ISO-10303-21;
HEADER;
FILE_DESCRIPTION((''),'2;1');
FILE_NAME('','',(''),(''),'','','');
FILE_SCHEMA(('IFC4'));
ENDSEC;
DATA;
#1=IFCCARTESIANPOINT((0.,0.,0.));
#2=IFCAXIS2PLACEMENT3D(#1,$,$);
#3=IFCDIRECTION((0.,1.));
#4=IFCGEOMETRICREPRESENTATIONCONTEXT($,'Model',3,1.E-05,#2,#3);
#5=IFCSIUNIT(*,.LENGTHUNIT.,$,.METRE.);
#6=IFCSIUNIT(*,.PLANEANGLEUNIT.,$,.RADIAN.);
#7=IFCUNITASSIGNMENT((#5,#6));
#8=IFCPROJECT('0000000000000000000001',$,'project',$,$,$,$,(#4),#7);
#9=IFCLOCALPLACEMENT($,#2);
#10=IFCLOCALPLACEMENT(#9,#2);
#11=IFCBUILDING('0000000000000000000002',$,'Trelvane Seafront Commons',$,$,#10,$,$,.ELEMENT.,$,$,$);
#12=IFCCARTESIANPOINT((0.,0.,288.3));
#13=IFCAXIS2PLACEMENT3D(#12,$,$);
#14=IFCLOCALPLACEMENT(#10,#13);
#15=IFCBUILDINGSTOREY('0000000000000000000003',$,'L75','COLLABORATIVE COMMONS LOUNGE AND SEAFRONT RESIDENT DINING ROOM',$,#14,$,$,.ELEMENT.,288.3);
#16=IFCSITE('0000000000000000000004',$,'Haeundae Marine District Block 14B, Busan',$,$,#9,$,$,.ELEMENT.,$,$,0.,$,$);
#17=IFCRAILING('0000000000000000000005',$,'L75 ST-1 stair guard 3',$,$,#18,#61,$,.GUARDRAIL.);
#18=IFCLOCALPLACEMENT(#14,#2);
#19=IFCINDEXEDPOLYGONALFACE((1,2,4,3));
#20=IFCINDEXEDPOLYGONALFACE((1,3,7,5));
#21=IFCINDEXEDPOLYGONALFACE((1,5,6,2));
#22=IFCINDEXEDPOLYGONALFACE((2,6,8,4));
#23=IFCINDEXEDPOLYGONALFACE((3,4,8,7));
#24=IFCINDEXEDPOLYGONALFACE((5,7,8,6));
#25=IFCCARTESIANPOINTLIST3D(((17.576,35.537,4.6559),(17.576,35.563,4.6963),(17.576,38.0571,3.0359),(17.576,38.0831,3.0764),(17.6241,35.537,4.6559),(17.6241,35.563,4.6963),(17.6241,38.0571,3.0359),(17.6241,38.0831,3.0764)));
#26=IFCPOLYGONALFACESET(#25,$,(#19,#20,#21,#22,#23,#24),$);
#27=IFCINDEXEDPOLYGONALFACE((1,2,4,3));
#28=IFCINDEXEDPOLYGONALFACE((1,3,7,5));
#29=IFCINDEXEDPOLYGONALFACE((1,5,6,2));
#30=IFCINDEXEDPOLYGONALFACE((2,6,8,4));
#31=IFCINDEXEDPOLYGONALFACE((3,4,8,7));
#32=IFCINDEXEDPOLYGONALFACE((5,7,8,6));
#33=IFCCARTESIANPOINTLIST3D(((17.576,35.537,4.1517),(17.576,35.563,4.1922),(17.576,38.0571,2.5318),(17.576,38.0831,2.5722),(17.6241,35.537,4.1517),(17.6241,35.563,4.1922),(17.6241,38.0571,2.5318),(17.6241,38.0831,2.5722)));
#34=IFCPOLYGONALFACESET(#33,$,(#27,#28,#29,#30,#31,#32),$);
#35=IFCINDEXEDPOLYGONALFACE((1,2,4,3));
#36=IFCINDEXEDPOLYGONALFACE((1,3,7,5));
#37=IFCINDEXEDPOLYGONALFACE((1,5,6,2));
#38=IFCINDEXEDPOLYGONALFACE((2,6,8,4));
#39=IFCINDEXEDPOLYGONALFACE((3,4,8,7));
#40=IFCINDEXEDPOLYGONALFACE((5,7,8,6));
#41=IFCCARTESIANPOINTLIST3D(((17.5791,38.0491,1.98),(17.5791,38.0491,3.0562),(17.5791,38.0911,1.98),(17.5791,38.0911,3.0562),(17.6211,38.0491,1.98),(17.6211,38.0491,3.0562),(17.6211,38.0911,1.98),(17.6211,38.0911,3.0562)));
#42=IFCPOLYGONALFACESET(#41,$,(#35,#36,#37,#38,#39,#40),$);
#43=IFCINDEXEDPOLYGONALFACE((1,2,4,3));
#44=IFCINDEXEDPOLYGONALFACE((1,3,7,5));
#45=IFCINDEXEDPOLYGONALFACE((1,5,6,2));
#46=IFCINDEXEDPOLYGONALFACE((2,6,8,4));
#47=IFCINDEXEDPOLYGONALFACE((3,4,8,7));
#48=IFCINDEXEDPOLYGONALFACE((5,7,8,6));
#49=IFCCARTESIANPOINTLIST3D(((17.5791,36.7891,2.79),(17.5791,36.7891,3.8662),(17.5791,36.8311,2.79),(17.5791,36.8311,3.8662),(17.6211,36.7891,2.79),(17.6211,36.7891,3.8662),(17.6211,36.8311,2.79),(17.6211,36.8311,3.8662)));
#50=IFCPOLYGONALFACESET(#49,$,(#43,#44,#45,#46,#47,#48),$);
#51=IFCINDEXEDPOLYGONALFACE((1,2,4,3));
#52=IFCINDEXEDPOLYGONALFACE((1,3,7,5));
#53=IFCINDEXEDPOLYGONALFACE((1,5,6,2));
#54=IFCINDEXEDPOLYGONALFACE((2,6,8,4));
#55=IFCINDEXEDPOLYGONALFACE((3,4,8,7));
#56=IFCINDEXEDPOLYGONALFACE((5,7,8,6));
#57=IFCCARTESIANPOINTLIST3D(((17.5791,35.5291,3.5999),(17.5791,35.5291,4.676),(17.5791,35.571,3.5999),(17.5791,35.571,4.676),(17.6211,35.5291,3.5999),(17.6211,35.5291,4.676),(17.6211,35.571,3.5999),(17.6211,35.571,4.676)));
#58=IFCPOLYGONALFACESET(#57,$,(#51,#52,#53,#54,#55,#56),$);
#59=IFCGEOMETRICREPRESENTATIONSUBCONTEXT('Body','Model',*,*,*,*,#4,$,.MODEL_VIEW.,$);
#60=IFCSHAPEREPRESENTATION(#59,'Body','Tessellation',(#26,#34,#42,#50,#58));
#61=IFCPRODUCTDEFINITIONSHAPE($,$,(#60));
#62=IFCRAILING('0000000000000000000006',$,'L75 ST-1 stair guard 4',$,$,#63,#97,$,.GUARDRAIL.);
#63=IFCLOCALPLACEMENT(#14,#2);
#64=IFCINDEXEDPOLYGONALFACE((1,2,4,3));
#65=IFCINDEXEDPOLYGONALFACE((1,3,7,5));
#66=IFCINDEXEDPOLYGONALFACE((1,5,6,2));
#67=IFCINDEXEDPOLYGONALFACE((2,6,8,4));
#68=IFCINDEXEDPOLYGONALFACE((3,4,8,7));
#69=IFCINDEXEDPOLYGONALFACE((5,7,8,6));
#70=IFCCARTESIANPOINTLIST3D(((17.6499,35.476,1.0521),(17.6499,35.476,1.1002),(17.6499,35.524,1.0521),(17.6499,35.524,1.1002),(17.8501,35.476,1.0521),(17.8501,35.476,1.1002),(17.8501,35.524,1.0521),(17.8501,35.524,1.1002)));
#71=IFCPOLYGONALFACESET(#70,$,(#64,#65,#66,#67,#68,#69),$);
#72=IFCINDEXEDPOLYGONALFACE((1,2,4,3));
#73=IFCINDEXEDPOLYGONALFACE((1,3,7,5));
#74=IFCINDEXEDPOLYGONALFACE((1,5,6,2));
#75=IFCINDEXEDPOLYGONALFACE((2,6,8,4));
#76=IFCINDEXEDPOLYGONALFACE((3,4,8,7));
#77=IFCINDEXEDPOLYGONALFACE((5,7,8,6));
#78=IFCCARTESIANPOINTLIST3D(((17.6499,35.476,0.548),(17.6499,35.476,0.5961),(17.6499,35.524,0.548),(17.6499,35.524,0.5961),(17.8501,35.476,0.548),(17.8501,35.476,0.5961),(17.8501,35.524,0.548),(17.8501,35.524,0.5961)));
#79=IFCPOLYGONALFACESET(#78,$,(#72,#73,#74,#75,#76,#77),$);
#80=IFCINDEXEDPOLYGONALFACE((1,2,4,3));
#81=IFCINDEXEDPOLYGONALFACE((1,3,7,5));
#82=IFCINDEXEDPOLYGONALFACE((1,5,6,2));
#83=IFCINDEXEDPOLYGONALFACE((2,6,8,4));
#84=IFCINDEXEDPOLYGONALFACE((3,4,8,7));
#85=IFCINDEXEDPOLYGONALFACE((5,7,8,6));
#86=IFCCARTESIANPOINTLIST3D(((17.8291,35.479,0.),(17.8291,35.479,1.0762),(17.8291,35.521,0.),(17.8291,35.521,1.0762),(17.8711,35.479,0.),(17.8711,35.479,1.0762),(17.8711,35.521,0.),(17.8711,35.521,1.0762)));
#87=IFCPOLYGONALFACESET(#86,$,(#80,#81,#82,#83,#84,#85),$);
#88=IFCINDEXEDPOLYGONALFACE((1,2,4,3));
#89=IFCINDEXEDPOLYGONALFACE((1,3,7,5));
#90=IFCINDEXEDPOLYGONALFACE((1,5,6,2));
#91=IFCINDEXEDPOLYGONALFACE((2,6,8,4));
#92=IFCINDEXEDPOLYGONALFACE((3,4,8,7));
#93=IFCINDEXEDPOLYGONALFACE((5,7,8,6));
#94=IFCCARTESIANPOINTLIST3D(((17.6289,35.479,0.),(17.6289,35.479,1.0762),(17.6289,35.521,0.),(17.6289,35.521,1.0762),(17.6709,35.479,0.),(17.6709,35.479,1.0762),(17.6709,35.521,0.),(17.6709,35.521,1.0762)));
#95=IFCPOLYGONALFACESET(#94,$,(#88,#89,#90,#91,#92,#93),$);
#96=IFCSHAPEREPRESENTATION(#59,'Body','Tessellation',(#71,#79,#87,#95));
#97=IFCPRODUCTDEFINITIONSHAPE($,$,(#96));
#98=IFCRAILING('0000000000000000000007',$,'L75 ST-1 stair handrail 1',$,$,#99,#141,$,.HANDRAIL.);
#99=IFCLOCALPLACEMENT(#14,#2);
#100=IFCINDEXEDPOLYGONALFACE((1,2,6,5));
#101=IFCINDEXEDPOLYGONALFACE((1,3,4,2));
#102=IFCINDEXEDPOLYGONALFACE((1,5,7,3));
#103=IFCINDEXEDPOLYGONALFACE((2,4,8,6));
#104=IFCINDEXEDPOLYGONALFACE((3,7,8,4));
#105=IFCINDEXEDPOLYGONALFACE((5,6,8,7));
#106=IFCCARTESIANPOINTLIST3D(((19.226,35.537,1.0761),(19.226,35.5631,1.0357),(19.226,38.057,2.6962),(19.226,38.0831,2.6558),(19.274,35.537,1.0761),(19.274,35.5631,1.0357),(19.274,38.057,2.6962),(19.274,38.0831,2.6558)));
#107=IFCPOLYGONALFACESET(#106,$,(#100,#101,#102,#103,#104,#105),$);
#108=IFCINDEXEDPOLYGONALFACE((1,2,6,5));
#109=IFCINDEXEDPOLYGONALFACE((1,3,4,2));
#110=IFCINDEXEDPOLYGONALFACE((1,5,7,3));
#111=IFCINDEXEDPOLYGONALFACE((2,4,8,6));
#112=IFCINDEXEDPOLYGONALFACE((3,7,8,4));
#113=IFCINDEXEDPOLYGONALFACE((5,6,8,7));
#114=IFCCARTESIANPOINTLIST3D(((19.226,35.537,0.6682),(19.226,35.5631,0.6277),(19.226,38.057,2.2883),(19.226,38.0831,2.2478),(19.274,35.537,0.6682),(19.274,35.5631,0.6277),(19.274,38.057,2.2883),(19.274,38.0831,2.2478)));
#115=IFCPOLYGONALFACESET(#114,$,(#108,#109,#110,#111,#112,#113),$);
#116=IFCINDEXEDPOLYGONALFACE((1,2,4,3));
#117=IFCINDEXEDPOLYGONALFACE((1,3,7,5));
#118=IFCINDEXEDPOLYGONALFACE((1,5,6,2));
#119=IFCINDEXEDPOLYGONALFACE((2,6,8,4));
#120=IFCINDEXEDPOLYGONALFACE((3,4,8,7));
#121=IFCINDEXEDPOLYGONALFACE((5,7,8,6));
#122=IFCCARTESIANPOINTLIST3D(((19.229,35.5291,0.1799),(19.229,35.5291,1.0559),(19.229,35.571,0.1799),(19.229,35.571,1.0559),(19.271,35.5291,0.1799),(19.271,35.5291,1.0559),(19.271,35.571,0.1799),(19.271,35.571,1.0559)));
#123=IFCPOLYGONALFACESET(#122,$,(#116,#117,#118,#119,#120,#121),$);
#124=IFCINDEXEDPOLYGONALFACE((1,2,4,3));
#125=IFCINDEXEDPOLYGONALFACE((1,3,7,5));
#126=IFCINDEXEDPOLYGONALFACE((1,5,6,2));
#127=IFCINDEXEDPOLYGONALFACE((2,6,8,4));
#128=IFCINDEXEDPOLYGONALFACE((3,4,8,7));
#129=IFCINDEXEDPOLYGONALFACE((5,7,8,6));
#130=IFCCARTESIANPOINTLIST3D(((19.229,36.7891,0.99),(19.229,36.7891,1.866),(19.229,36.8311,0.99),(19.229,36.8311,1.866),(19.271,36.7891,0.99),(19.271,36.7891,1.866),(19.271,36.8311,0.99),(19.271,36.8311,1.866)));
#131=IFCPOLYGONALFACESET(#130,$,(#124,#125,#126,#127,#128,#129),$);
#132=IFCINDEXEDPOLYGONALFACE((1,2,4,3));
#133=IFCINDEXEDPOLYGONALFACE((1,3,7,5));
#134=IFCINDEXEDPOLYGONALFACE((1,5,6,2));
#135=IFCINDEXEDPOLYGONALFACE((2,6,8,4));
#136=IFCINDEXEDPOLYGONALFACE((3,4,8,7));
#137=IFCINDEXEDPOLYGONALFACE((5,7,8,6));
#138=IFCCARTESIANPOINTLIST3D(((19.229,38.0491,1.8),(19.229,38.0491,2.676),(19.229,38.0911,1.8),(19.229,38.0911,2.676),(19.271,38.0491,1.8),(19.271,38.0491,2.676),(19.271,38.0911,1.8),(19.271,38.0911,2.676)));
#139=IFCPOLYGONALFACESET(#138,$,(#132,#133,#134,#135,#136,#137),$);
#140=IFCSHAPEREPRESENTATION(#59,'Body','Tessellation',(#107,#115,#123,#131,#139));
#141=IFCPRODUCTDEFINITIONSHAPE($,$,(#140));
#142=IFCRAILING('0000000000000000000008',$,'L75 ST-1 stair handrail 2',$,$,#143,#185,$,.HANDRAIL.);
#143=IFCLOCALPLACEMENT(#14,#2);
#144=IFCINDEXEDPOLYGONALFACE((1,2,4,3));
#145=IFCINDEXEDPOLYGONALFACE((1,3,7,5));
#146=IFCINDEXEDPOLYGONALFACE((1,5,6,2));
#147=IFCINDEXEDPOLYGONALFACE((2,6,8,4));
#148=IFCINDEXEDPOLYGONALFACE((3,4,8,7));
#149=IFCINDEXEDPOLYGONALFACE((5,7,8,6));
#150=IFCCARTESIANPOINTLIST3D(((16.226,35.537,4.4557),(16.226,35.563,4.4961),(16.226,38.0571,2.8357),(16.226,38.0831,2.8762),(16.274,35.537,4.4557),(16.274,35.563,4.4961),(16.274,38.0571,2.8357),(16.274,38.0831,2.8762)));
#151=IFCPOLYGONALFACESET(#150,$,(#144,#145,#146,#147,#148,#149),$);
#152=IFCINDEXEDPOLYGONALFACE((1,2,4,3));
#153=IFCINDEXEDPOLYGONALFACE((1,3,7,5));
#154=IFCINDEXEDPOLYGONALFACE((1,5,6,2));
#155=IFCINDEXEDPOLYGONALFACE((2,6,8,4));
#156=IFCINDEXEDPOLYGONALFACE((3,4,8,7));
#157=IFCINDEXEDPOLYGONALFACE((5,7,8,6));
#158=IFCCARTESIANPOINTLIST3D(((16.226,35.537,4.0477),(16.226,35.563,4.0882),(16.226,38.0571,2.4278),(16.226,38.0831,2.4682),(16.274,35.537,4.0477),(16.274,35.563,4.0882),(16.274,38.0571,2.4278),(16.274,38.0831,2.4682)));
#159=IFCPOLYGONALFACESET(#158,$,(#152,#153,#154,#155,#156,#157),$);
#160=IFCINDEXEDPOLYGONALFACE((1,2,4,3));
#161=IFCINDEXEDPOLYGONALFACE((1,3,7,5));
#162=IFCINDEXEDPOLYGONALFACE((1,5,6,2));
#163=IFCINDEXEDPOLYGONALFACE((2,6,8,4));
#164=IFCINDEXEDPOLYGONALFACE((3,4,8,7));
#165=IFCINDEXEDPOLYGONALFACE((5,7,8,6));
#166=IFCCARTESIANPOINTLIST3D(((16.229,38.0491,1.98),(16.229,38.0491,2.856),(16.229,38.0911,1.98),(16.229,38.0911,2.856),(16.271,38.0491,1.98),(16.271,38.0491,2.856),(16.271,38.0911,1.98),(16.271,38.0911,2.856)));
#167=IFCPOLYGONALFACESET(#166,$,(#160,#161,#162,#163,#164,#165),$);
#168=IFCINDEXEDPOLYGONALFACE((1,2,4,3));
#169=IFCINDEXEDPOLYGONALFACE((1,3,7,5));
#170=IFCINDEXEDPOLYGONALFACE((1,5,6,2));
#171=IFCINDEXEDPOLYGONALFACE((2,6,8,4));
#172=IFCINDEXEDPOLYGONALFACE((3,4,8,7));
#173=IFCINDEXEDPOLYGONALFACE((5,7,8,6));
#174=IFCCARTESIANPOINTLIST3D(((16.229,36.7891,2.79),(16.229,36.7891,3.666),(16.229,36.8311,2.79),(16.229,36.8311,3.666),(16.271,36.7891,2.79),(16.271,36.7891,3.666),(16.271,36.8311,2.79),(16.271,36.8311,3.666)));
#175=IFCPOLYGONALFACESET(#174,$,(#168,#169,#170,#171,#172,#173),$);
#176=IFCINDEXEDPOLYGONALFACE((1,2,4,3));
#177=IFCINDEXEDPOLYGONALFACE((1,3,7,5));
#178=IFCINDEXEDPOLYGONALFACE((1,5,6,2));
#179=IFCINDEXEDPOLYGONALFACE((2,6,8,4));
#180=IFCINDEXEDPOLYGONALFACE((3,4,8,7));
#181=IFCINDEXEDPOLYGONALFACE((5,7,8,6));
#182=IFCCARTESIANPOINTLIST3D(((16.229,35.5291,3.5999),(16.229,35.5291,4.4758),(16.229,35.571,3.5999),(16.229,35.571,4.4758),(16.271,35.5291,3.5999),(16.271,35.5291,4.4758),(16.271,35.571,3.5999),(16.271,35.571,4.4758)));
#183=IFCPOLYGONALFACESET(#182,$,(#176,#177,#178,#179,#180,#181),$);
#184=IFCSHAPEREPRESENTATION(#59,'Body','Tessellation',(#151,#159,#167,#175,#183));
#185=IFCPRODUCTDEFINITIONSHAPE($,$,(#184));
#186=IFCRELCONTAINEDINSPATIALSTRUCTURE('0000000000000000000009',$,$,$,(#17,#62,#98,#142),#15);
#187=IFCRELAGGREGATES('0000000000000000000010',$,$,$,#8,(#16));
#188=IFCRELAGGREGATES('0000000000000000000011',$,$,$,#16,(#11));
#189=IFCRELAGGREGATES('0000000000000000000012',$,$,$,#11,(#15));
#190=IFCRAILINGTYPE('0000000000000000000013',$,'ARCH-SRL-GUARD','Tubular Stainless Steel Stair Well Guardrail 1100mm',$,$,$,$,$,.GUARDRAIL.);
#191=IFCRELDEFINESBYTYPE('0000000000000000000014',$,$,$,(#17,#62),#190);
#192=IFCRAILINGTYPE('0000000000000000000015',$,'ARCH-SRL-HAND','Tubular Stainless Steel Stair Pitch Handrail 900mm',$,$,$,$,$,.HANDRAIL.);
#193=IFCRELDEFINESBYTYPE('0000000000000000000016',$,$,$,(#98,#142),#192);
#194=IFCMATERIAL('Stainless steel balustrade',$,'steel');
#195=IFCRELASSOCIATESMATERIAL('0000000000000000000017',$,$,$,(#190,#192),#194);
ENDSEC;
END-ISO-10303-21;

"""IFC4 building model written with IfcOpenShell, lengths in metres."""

from ifc_helpers import new_model, si_unit, direction, frame, origin, origin_2d, place, context, subcontext, project, spatial, rectangle, extrude, material, type_object, element, save


model = new_model("IFC4")

# Units and contexts
model_context = context("Model", 3, precision=1e-05, world=origin(), true_north=direction((0.0, 1.0)))
body_context = subcontext(model_context, "Body", "Model", "MODEL_VIEW")
ifc_project = project(units=[si_unit("LENGTHUNIT", "METRE"), si_unit("PLANEANGLEUNIT", "RADIAN")], contexts=[model_context])

# Site, building, storey
site_placement = place(None, origin())
site = spatial("IfcSite", under=ifc_project, at=site_placement, Name="Haeundae Marine District Block 14B, Busan", CompositionType="ELEMENT", RefElevation=0.0)
building_placement = place(site_placement, origin())
building = spatial("IfcBuilding", under=site, at=building_placement, Name="Trelvane Seafront Commons", CompositionType="ELEMENT")
storey_placement = place(building_placement, frame((0.0, 0.0, 288.3)))
storey = spatial("IfcBuildingStorey", under=building, at=storey_placement, Name="L75", Description="COLLABORATIVE COMMONS LOUNGE AND SEAFRONT RESIDENT DINING ROOM", CompositionType="ELEMENT", Elevation=288.3)

# Shared definitions
ifc_material_1 = material(Name="Stainless steel balustrade", Category="steel")

# Railings
railing_type_1 = type_object("IfcRailingType", Name="ARCH-SRL-GUARD", Description="Tubular Stainless Steel Stair Well Guardrail 1100mm", PredefinedType="GUARDRAIL", material=ifc_material_1)
railing_1_placement = place(storey_placement, frame((17.6001, 38.0701, 1.98)))
element("IfcRailing", 1, at=railing_1_placement, inside=storey, type_object=railing_type_1, Name="L75 ST-1 stair guard 3", PredefinedType="GUARDRAIL", context=body_context, shape_type="SweptSolid", body=[
    extrude(rectangle(XDim=0.0481, YDim=0.0481, at=origin_2d()), frame((0.0, 0.0, 1.0762), z_axis=(0.0, -0.8412, 0.540725), x_axis=(1.0, 0.0, 0.0)), (0.0, 0.0, 1.0), 2.9958),
    extrude(rectangle(XDim=0.0481, YDim=0.0481, at=origin_2d()), frame((0.0, 0.0, 0.572), z_axis=(0.0, -0.8412, 0.540725), x_axis=(1.0, 0.0, 0.0)), (0.0, 0.0, 1.0), 2.9958),
    extrude(rectangle(XDim=0.042, YDim=0.042, at=origin_2d()), origin(), (0.0, 0.0, 1.0), 1.0762),
    extrude(rectangle(XDim=0.042, YDim=0.042, at=origin_2d()), frame((0.0, -1.26, 0.8101)), (0.0, 0.0, 1.0), 1.0762),
    extrude(rectangle(XDim=0.042, YDim=0.042, at=origin_2d()), frame((0.0, -2.52, 1.6199)), (0.0, 0.0, 1.0), 1.0762),
])
railing_2_placement = place(storey_placement, frame((17.8501, 35.5, 0.0)))
element("IfcRailing", 2, at=railing_2_placement, inside=storey, type_object=railing_type_1, Name="L75 ST-1 stair guard 4", PredefinedType="GUARDRAIL", context=body_context, shape_type="SweptSolid", body=[
    extrude(rectangle(XDim=0.0481, YDim=0.0481, at=origin_2d()), frame((0.0, 0.0, 1.0762), z_axis=(-1.0, 0.0, 0.0), x_axis=(0.0, -1.0, 0.0)), (0.0, 0.0, 1.0), 0.2002),
    extrude(rectangle(XDim=0.0481, YDim=0.0481, at=origin_2d()), frame((0.0, 0.0, 0.572), z_axis=(-1.0, 0.0, 0.0), x_axis=(0.0, -1.0, 0.0)), (0.0, 0.0, 1.0), 0.2002),
    extrude(rectangle(XDim=0.042, YDim=0.042, at=origin_2d()), origin(), (0.0, 0.0, 1.0), 1.0762),
    extrude(rectangle(XDim=0.042, YDim=0.042, at=origin_2d()), frame((-0.2002, 0.0, 0.0)), (0.0, 0.0, 1.0), 1.0762),
])
railing_type_2 = type_object("IfcRailingType", Name="ARCH-SRL-HAND", Description="Tubular Stainless Steel Stair Pitch Handrail 900mm", PredefinedType="HANDRAIL", material=ifc_material_1)
railing_3_placement = place(storey_placement, frame((19.25, 35.55, 0.1799)))
element("IfcRailing", 3, at=railing_3_placement, inside=storey, type_object=railing_type_2, Name="L75 ST-1 stair handrail 1", PredefinedType="HANDRAIL", context=body_context, shape_type="SweptSolid", body=[
    extrude(rectangle(XDim=0.0481, YDim=0.0481, at=origin_2d()), frame((0.0, 0.0, 0.876), z_axis=(0.0, 0.841163, 0.540782), x_axis=(-1.0, 0.0, 0.0)), (0.0, 0.0, 1.0), 2.9958),
    extrude(rectangle(XDim=0.0481, YDim=0.0481, at=origin_2d()), frame((0.0, 0.0, 0.468), z_axis=(0.0, 0.841163, 0.540782), x_axis=(-1.0, 0.0, 0.0)), (0.0, 0.0, 1.0), 2.9958),
    extrude(rectangle(XDim=0.042, YDim=0.042, at=origin_2d()), origin(), (0.0, 0.0, 1.0), 0.876),
    extrude(rectangle(XDim=0.042, YDim=0.042, at=origin_2d()), frame((0.0, 1.26, 0.8101)), (0.0, 0.0, 1.0), 0.876),
    extrude(rectangle(XDim=0.042, YDim=0.042, at=origin_2d()), frame((0.0, 2.52, 1.6201)), (0.0, 0.0, 1.0), 0.876),
])
railing_4_placement = place(storey_placement, frame((16.25, 38.0701, 1.98)))
element("IfcRailing", 4, at=railing_4_placement, inside=storey, type_object=railing_type_2, Name="L75 ST-1 stair handrail 2", PredefinedType="HANDRAIL", context=body_context, shape_type="SweptSolid", body=[
    extrude(rectangle(XDim=0.0481, YDim=0.0481, at=origin_2d()), frame((0.0, 0.0, 0.876), z_axis=(0.0, -0.8412, 0.540725), x_axis=(1.0, 0.0, 0.0)), (0.0, 0.0, 1.0), 2.9958),
    extrude(rectangle(XDim=0.0481, YDim=0.0481, at=origin_2d()), frame((0.0, 0.0, 0.468), z_axis=(0.0, -0.8412, 0.540725), x_axis=(1.0, 0.0, 0.0)), (0.0, 0.0, 1.0), 2.9958),
    extrude(rectangle(XDim=0.042, YDim=0.042, at=origin_2d()), origin(), (0.0, 0.0, 1.0), 0.876),
    extrude(rectangle(XDim=0.042, YDim=0.042, at=origin_2d()), frame((0.0, -1.26, 0.8101)), (0.0, 0.0, 1.0), 0.876),
    extrude(rectangle(XDim=0.042, YDim=0.042, at=origin_2d()), frame((0.0, -2.52, 1.6199)), (0.0, 0.0, 1.0), 0.876),
])

save(model, "model.ifc")
